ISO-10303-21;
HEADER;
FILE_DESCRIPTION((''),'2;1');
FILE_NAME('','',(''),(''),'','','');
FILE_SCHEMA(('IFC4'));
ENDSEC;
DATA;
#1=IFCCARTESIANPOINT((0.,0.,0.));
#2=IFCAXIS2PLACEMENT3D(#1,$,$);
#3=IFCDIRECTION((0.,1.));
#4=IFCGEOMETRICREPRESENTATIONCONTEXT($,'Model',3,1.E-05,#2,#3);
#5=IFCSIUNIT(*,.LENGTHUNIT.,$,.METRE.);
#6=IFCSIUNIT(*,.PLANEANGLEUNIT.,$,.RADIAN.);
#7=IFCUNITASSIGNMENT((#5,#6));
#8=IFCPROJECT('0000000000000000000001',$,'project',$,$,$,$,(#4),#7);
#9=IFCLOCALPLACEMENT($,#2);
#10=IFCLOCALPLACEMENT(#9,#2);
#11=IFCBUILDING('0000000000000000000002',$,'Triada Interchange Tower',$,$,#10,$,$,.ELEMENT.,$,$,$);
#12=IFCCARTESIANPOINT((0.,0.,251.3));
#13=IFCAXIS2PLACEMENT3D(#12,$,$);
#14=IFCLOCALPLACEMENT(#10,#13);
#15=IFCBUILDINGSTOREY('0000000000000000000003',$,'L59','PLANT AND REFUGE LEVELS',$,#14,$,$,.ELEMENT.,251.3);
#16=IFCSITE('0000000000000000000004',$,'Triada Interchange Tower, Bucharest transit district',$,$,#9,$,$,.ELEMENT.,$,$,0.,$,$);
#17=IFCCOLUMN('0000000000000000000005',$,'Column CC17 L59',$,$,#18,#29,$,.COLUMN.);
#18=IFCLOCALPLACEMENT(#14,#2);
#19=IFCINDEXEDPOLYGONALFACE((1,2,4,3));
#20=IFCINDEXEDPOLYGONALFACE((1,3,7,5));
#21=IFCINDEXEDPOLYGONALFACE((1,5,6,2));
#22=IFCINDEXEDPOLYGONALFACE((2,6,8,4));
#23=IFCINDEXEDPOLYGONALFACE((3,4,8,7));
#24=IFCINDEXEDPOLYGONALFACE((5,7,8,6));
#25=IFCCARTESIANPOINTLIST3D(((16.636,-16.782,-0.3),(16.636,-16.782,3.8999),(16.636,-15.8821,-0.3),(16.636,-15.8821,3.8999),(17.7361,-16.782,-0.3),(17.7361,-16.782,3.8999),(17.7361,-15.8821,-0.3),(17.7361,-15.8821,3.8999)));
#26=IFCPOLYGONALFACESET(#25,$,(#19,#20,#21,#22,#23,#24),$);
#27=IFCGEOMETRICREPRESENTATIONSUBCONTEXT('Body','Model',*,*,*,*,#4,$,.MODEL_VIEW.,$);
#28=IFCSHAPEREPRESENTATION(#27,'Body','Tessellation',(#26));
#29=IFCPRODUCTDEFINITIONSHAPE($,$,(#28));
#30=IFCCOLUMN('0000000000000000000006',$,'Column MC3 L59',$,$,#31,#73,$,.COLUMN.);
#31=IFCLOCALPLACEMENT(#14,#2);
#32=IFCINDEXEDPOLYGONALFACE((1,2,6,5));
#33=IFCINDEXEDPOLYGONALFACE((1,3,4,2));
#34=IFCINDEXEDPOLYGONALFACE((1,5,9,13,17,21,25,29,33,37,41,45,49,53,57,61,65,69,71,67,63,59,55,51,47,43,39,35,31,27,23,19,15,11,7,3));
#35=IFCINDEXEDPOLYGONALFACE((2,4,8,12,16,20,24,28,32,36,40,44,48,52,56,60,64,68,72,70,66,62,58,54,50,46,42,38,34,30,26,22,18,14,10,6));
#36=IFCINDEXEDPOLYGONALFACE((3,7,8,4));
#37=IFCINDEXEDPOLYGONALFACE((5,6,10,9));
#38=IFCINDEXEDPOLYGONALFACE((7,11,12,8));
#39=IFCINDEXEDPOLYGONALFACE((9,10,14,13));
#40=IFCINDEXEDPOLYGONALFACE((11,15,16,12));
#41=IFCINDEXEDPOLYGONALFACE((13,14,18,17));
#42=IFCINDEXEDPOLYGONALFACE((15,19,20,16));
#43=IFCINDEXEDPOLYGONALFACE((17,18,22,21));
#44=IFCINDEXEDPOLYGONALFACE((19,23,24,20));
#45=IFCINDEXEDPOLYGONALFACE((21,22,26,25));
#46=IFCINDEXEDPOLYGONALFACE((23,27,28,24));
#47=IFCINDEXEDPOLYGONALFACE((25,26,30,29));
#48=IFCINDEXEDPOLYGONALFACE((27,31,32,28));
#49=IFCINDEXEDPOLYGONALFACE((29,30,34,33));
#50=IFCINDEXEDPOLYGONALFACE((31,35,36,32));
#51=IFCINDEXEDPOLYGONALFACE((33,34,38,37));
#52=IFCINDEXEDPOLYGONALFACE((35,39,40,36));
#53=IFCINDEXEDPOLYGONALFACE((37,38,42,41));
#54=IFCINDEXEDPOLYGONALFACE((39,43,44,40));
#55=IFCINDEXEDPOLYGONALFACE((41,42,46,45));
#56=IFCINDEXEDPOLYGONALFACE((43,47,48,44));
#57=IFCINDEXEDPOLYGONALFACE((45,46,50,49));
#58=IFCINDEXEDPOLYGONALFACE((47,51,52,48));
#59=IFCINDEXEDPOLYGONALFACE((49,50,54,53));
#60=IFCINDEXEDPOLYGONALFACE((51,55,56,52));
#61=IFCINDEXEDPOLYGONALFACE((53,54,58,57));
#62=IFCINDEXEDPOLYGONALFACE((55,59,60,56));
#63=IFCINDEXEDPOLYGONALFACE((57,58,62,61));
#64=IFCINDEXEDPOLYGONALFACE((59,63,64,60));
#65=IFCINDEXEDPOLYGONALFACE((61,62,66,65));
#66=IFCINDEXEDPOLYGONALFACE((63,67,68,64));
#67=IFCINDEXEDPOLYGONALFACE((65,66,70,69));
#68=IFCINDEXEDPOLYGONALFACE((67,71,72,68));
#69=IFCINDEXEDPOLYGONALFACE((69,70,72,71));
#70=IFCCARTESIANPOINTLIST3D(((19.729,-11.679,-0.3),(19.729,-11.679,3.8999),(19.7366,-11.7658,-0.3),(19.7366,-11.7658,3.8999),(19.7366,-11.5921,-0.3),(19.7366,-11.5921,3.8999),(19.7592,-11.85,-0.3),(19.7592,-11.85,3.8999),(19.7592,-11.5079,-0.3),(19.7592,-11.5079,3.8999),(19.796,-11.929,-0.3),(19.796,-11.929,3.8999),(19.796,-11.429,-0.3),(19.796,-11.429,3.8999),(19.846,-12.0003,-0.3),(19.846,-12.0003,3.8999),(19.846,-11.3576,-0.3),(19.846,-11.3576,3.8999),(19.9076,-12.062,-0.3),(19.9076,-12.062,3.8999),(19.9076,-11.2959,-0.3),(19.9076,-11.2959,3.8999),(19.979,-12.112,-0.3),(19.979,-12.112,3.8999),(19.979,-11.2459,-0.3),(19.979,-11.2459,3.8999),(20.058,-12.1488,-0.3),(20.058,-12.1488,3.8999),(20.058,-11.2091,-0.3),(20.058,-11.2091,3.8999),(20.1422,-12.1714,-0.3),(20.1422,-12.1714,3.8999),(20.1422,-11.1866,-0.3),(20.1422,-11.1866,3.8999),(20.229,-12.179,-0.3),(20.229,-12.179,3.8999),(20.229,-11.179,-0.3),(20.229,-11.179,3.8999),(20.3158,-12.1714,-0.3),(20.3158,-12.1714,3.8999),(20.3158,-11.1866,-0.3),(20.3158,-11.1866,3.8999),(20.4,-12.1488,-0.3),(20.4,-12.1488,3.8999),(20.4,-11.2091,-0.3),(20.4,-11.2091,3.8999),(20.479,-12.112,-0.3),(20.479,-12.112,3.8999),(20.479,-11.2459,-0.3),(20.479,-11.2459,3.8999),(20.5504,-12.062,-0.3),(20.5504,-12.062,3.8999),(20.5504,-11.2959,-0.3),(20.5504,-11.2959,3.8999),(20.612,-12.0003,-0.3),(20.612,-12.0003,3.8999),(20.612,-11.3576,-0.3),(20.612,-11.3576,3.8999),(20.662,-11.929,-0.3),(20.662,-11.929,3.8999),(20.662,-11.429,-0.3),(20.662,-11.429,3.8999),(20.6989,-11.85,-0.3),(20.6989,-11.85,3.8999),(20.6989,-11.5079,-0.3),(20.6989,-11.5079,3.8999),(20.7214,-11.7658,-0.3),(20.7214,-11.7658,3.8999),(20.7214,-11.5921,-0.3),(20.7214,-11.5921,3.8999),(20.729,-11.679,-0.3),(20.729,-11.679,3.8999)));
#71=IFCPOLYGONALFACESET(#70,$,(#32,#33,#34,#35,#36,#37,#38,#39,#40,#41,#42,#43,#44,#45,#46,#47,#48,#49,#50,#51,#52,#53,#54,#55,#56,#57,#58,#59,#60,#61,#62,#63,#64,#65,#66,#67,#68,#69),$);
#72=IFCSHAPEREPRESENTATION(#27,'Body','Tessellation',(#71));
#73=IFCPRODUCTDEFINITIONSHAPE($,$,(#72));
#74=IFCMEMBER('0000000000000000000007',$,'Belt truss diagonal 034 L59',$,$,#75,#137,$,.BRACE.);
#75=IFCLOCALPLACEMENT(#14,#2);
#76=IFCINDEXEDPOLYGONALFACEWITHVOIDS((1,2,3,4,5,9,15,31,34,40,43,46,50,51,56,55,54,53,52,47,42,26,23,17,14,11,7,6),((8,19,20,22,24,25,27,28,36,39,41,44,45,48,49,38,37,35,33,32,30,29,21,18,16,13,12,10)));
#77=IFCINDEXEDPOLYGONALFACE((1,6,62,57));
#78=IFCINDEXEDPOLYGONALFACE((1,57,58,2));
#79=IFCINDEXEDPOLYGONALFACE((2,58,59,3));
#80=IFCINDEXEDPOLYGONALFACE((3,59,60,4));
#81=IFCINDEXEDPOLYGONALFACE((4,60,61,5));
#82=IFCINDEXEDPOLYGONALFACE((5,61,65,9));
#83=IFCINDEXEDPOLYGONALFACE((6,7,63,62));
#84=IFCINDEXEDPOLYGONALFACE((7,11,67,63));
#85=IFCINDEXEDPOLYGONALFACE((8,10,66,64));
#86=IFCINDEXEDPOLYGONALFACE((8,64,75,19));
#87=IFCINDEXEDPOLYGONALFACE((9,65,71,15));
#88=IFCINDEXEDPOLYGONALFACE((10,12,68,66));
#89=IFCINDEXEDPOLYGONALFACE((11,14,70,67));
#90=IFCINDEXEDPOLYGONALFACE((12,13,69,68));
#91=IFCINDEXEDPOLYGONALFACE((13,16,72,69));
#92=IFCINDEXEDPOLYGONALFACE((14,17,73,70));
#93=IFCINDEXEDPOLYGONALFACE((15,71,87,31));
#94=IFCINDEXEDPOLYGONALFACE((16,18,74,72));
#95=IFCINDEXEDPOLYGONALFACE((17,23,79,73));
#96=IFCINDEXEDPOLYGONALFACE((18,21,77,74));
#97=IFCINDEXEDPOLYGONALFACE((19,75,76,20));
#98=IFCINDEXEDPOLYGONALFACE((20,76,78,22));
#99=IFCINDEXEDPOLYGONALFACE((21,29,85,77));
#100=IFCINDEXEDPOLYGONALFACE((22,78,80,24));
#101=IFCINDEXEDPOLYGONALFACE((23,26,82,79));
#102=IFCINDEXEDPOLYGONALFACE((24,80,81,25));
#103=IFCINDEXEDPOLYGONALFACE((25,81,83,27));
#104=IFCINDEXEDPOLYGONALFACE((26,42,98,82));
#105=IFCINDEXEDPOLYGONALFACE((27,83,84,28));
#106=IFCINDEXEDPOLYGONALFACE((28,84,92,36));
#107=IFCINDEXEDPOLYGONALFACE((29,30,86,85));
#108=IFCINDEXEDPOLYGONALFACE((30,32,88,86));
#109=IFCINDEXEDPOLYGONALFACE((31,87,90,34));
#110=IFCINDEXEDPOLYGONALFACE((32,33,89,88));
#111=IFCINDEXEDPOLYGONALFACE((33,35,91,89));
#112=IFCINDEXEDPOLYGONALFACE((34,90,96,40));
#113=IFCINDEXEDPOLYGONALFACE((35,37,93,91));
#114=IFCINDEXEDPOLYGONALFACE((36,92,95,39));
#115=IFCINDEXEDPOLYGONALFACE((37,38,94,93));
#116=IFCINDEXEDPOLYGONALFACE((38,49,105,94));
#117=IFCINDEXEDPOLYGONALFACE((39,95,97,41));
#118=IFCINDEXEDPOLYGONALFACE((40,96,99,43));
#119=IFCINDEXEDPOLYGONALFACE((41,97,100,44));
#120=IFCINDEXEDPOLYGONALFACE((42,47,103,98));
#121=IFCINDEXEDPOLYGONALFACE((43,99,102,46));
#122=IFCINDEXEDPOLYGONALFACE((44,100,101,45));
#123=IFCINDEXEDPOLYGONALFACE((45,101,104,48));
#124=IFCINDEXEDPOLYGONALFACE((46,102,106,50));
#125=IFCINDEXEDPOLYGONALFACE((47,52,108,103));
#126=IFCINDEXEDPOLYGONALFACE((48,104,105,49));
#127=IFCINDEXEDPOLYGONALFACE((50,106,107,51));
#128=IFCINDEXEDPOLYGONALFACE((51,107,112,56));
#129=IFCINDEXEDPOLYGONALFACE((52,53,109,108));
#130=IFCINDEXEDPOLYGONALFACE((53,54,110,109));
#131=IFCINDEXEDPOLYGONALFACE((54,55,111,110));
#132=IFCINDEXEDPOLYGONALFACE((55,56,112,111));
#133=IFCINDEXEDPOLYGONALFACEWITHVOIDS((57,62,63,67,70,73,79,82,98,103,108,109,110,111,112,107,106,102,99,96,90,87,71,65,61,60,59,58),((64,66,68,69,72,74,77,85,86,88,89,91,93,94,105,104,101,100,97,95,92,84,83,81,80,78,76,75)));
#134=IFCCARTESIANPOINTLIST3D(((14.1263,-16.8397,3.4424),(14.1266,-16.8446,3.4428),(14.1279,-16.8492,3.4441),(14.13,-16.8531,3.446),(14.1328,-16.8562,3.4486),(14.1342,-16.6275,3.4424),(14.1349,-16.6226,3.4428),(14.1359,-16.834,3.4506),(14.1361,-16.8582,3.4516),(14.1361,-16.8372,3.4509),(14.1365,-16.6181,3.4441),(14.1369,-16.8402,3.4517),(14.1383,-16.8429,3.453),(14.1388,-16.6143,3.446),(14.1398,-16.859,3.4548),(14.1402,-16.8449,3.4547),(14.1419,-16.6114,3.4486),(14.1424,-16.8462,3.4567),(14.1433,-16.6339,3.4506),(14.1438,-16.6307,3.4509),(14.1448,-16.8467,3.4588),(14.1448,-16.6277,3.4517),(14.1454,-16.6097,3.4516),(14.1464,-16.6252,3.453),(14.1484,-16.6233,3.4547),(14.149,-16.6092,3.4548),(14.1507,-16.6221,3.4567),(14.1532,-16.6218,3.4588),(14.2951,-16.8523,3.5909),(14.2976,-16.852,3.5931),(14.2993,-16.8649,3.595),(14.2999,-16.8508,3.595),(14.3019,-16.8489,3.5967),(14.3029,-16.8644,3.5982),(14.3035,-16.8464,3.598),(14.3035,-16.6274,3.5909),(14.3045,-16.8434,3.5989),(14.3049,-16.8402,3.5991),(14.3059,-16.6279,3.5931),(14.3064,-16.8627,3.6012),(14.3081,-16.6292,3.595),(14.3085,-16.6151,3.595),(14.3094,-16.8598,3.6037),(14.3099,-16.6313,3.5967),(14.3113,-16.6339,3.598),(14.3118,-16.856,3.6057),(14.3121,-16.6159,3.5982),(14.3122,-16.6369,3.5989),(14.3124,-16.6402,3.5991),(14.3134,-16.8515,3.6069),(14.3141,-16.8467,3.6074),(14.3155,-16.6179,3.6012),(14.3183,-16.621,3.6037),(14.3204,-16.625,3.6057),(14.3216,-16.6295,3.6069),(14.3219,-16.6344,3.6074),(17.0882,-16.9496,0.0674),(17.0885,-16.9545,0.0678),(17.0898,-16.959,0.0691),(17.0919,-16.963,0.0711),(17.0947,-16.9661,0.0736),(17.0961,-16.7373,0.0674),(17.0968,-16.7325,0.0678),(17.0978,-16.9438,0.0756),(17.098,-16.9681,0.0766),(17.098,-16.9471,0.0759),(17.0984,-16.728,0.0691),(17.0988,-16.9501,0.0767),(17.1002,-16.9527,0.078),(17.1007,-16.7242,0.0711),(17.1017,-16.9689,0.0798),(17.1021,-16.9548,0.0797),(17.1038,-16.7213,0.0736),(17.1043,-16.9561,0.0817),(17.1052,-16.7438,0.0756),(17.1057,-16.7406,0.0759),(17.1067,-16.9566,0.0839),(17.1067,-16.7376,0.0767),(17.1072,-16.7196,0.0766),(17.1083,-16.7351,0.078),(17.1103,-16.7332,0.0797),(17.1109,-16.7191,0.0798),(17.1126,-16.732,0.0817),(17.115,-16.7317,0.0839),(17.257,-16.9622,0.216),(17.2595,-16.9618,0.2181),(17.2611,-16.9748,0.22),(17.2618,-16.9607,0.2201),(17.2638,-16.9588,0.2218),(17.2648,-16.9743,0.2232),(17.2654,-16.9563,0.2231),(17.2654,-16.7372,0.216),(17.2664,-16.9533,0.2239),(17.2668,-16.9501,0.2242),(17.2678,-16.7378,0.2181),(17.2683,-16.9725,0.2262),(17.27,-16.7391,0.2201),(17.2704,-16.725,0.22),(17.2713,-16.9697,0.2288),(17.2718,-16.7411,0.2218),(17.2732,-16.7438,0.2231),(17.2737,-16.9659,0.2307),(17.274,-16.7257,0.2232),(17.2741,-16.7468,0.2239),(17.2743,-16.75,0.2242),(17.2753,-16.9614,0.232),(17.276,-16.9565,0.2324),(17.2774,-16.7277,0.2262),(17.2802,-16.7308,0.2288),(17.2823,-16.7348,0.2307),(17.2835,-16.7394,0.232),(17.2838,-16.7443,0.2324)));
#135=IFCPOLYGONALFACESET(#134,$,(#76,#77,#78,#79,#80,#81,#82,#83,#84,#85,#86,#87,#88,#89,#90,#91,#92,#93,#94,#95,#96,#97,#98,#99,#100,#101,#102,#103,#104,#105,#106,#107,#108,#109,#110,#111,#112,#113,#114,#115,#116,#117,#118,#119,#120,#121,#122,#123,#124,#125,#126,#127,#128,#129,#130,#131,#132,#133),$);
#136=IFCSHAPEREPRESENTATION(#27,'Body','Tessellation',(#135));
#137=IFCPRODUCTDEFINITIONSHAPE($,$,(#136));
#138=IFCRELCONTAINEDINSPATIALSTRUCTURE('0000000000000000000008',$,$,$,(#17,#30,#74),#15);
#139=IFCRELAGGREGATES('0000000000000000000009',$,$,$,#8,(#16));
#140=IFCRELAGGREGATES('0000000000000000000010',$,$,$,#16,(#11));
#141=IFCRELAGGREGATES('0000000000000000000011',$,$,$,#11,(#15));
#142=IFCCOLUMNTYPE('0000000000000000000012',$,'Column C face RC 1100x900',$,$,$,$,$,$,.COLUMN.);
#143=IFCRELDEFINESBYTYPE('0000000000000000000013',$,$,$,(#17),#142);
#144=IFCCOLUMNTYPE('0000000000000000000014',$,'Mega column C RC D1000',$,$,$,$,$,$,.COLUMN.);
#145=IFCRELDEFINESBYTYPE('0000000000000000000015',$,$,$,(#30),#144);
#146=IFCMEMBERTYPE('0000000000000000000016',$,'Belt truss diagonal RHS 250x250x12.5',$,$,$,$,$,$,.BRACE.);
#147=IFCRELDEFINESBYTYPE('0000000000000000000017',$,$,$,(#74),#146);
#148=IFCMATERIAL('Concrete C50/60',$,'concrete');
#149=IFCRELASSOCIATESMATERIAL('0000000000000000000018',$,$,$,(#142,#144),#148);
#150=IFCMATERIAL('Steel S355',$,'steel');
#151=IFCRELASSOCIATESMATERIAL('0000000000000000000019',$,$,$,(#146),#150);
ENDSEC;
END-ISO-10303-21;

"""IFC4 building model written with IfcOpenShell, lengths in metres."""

from ifc_helpers import new_model, si_unit, direction, frame, origin, origin_2d, place, context, subcontext, project, spatial, rectangle, hollow_rectangle, circle, extrude, material, material_profile, profile_set, type_object, element, save


model = new_model("IFC4")

# Units and contexts
model_context = context("Model", 3, precision=1e-05, world=origin(), true_north=direction((0.0, 1.0)))
body_context = subcontext(model_context, "Body", "Model", "MODEL_VIEW")
ifc_project = project(units=[si_unit("LENGTHUNIT", "METRE"), si_unit("PLANEANGLEUNIT", "RADIAN")], contexts=[model_context])

# Site, building, storey
site_placement = place(None, origin())
site = spatial("IfcSite", under=ifc_project, at=site_placement, Name="Triada Interchange Tower, Bucharest transit district", CompositionType="ELEMENT", RefElevation=0.0)
building_placement = place(site_placement, origin())
building = spatial("IfcBuilding", under=site, at=building_placement, Name="Triada Interchange Tower", CompositionType="ELEMENT")
storey_placement = place(building_placement, frame((0.0, 0.0, 251.3)))
storey = spatial("IfcBuildingStorey", under=building, at=storey_placement, Name="L59", Description="PLANT AND REFUGE LEVELS", CompositionType="ELEMENT", Elevation=251.3)

# Columns
ifc_material_1 = material(Name="Concrete C50/60", Category="concrete")
ifc_material_profile_1 = material_profile(ifc_material_1, rectangle(XDim=1.1001, YDim=0.8999, at=origin_2d()), Name="RC 1100x900")
ifc_profile_set_1 = profile_set([ifc_material_profile_1], Name="Concrete C50/60")
column_type_1 = type_object("IfcColumnType", Name="Column C face RC 1100x900", PredefinedType="COLUMN", material=ifc_profile_set_1)
column_1_placement = place(storey_placement, frame((17.186, -16.332, -0.3), z_axis=(0.0, 0.0, 1.0), x_axis=(1.0, 0.0, 0.0)))
element("IfcColumn", 1, at=column_1_placement, inside=storey, type_object=column_type_1, Name="Column CC17 L59", PredefinedType="COLUMN", context=body_context, shape_type="SweptSolid", body=[
    extrude(rectangle(XDim=1.1001, YDim=0.8999, at=origin_2d()), origin(), (0.0, 0.0, 1.0), 4.2),
])
ifc_material_profile_2 = material_profile(ifc_material_1, circle(Radius=0.5, at=origin_2d()), Name="RC D1000")
ifc_profile_set_2 = profile_set([ifc_material_profile_2], Name="Concrete C50/60")
column_type_2 = type_object("IfcColumnType", Name="Mega column C RC D1000", PredefinedType="COLUMN", material=ifc_profile_set_2)
column_2_placement = place(storey_placement, frame((20.229, -11.679, -0.3), z_axis=(0.0, 0.0, 1.0), x_axis=(1.0, 0.0, 0.0)))
element("IfcColumn", 2, at=column_2_placement, inside=storey, type_object=column_type_2, Name="Column MC3 L59", PredefinedType="COLUMN", context=body_context, shape_type="SweptSolid", body=[
    extrude(circle(Radius=0.5, at=origin_2d()), origin(), (0.0, 0.0, 1.0), 4.2),
])

# Member
ifc_material_2 = material(Name="Steel S355", Category="steel")
ifc_material_profile_3 = material_profile(ifc_material_2, hollow_rectangle(XDim=0.25, YDim=0.25, WallThickness=0.0125, InnerFilletRadius=0.0125, OuterFilletRadius=0.0188, at=origin_2d()), Name="RHS 250x250x12.5")
ifc_profile_set_3 = profile_set([ifc_material_profile_3], Name="Steel S355")
member_type = type_object("IfcMemberType", Name="Belt truss diagonal RHS 250x250x12.5", PredefinedType="BRACE", material=ifc_profile_set_3)
member_1_placement = place(storey_placement, frame((17.186, -16.8469, 0.1499), z_axis=(-0.659415, 0.024459, 0.751381), x_axis=(-0.037066, -0.999313, 0.0)))
element("IfcMember", 3, at=member_1_placement, inside=storey, type_object=member_type, Name="Belt truss diagonal 034 L59", PredefinedType="BRACE", context=body_context, shape_type="SweptSolid", body=[
    extrude(hollow_rectangle(XDim=0.25, YDim=0.25, WallThickness=0.0125, InnerFilletRadius=0.0125, OuterFilletRadius=0.0188, at=origin_2d()), origin(), (0.0, 0.0, 1.0), 4.4917),
])

save(model, "model.ifc")
